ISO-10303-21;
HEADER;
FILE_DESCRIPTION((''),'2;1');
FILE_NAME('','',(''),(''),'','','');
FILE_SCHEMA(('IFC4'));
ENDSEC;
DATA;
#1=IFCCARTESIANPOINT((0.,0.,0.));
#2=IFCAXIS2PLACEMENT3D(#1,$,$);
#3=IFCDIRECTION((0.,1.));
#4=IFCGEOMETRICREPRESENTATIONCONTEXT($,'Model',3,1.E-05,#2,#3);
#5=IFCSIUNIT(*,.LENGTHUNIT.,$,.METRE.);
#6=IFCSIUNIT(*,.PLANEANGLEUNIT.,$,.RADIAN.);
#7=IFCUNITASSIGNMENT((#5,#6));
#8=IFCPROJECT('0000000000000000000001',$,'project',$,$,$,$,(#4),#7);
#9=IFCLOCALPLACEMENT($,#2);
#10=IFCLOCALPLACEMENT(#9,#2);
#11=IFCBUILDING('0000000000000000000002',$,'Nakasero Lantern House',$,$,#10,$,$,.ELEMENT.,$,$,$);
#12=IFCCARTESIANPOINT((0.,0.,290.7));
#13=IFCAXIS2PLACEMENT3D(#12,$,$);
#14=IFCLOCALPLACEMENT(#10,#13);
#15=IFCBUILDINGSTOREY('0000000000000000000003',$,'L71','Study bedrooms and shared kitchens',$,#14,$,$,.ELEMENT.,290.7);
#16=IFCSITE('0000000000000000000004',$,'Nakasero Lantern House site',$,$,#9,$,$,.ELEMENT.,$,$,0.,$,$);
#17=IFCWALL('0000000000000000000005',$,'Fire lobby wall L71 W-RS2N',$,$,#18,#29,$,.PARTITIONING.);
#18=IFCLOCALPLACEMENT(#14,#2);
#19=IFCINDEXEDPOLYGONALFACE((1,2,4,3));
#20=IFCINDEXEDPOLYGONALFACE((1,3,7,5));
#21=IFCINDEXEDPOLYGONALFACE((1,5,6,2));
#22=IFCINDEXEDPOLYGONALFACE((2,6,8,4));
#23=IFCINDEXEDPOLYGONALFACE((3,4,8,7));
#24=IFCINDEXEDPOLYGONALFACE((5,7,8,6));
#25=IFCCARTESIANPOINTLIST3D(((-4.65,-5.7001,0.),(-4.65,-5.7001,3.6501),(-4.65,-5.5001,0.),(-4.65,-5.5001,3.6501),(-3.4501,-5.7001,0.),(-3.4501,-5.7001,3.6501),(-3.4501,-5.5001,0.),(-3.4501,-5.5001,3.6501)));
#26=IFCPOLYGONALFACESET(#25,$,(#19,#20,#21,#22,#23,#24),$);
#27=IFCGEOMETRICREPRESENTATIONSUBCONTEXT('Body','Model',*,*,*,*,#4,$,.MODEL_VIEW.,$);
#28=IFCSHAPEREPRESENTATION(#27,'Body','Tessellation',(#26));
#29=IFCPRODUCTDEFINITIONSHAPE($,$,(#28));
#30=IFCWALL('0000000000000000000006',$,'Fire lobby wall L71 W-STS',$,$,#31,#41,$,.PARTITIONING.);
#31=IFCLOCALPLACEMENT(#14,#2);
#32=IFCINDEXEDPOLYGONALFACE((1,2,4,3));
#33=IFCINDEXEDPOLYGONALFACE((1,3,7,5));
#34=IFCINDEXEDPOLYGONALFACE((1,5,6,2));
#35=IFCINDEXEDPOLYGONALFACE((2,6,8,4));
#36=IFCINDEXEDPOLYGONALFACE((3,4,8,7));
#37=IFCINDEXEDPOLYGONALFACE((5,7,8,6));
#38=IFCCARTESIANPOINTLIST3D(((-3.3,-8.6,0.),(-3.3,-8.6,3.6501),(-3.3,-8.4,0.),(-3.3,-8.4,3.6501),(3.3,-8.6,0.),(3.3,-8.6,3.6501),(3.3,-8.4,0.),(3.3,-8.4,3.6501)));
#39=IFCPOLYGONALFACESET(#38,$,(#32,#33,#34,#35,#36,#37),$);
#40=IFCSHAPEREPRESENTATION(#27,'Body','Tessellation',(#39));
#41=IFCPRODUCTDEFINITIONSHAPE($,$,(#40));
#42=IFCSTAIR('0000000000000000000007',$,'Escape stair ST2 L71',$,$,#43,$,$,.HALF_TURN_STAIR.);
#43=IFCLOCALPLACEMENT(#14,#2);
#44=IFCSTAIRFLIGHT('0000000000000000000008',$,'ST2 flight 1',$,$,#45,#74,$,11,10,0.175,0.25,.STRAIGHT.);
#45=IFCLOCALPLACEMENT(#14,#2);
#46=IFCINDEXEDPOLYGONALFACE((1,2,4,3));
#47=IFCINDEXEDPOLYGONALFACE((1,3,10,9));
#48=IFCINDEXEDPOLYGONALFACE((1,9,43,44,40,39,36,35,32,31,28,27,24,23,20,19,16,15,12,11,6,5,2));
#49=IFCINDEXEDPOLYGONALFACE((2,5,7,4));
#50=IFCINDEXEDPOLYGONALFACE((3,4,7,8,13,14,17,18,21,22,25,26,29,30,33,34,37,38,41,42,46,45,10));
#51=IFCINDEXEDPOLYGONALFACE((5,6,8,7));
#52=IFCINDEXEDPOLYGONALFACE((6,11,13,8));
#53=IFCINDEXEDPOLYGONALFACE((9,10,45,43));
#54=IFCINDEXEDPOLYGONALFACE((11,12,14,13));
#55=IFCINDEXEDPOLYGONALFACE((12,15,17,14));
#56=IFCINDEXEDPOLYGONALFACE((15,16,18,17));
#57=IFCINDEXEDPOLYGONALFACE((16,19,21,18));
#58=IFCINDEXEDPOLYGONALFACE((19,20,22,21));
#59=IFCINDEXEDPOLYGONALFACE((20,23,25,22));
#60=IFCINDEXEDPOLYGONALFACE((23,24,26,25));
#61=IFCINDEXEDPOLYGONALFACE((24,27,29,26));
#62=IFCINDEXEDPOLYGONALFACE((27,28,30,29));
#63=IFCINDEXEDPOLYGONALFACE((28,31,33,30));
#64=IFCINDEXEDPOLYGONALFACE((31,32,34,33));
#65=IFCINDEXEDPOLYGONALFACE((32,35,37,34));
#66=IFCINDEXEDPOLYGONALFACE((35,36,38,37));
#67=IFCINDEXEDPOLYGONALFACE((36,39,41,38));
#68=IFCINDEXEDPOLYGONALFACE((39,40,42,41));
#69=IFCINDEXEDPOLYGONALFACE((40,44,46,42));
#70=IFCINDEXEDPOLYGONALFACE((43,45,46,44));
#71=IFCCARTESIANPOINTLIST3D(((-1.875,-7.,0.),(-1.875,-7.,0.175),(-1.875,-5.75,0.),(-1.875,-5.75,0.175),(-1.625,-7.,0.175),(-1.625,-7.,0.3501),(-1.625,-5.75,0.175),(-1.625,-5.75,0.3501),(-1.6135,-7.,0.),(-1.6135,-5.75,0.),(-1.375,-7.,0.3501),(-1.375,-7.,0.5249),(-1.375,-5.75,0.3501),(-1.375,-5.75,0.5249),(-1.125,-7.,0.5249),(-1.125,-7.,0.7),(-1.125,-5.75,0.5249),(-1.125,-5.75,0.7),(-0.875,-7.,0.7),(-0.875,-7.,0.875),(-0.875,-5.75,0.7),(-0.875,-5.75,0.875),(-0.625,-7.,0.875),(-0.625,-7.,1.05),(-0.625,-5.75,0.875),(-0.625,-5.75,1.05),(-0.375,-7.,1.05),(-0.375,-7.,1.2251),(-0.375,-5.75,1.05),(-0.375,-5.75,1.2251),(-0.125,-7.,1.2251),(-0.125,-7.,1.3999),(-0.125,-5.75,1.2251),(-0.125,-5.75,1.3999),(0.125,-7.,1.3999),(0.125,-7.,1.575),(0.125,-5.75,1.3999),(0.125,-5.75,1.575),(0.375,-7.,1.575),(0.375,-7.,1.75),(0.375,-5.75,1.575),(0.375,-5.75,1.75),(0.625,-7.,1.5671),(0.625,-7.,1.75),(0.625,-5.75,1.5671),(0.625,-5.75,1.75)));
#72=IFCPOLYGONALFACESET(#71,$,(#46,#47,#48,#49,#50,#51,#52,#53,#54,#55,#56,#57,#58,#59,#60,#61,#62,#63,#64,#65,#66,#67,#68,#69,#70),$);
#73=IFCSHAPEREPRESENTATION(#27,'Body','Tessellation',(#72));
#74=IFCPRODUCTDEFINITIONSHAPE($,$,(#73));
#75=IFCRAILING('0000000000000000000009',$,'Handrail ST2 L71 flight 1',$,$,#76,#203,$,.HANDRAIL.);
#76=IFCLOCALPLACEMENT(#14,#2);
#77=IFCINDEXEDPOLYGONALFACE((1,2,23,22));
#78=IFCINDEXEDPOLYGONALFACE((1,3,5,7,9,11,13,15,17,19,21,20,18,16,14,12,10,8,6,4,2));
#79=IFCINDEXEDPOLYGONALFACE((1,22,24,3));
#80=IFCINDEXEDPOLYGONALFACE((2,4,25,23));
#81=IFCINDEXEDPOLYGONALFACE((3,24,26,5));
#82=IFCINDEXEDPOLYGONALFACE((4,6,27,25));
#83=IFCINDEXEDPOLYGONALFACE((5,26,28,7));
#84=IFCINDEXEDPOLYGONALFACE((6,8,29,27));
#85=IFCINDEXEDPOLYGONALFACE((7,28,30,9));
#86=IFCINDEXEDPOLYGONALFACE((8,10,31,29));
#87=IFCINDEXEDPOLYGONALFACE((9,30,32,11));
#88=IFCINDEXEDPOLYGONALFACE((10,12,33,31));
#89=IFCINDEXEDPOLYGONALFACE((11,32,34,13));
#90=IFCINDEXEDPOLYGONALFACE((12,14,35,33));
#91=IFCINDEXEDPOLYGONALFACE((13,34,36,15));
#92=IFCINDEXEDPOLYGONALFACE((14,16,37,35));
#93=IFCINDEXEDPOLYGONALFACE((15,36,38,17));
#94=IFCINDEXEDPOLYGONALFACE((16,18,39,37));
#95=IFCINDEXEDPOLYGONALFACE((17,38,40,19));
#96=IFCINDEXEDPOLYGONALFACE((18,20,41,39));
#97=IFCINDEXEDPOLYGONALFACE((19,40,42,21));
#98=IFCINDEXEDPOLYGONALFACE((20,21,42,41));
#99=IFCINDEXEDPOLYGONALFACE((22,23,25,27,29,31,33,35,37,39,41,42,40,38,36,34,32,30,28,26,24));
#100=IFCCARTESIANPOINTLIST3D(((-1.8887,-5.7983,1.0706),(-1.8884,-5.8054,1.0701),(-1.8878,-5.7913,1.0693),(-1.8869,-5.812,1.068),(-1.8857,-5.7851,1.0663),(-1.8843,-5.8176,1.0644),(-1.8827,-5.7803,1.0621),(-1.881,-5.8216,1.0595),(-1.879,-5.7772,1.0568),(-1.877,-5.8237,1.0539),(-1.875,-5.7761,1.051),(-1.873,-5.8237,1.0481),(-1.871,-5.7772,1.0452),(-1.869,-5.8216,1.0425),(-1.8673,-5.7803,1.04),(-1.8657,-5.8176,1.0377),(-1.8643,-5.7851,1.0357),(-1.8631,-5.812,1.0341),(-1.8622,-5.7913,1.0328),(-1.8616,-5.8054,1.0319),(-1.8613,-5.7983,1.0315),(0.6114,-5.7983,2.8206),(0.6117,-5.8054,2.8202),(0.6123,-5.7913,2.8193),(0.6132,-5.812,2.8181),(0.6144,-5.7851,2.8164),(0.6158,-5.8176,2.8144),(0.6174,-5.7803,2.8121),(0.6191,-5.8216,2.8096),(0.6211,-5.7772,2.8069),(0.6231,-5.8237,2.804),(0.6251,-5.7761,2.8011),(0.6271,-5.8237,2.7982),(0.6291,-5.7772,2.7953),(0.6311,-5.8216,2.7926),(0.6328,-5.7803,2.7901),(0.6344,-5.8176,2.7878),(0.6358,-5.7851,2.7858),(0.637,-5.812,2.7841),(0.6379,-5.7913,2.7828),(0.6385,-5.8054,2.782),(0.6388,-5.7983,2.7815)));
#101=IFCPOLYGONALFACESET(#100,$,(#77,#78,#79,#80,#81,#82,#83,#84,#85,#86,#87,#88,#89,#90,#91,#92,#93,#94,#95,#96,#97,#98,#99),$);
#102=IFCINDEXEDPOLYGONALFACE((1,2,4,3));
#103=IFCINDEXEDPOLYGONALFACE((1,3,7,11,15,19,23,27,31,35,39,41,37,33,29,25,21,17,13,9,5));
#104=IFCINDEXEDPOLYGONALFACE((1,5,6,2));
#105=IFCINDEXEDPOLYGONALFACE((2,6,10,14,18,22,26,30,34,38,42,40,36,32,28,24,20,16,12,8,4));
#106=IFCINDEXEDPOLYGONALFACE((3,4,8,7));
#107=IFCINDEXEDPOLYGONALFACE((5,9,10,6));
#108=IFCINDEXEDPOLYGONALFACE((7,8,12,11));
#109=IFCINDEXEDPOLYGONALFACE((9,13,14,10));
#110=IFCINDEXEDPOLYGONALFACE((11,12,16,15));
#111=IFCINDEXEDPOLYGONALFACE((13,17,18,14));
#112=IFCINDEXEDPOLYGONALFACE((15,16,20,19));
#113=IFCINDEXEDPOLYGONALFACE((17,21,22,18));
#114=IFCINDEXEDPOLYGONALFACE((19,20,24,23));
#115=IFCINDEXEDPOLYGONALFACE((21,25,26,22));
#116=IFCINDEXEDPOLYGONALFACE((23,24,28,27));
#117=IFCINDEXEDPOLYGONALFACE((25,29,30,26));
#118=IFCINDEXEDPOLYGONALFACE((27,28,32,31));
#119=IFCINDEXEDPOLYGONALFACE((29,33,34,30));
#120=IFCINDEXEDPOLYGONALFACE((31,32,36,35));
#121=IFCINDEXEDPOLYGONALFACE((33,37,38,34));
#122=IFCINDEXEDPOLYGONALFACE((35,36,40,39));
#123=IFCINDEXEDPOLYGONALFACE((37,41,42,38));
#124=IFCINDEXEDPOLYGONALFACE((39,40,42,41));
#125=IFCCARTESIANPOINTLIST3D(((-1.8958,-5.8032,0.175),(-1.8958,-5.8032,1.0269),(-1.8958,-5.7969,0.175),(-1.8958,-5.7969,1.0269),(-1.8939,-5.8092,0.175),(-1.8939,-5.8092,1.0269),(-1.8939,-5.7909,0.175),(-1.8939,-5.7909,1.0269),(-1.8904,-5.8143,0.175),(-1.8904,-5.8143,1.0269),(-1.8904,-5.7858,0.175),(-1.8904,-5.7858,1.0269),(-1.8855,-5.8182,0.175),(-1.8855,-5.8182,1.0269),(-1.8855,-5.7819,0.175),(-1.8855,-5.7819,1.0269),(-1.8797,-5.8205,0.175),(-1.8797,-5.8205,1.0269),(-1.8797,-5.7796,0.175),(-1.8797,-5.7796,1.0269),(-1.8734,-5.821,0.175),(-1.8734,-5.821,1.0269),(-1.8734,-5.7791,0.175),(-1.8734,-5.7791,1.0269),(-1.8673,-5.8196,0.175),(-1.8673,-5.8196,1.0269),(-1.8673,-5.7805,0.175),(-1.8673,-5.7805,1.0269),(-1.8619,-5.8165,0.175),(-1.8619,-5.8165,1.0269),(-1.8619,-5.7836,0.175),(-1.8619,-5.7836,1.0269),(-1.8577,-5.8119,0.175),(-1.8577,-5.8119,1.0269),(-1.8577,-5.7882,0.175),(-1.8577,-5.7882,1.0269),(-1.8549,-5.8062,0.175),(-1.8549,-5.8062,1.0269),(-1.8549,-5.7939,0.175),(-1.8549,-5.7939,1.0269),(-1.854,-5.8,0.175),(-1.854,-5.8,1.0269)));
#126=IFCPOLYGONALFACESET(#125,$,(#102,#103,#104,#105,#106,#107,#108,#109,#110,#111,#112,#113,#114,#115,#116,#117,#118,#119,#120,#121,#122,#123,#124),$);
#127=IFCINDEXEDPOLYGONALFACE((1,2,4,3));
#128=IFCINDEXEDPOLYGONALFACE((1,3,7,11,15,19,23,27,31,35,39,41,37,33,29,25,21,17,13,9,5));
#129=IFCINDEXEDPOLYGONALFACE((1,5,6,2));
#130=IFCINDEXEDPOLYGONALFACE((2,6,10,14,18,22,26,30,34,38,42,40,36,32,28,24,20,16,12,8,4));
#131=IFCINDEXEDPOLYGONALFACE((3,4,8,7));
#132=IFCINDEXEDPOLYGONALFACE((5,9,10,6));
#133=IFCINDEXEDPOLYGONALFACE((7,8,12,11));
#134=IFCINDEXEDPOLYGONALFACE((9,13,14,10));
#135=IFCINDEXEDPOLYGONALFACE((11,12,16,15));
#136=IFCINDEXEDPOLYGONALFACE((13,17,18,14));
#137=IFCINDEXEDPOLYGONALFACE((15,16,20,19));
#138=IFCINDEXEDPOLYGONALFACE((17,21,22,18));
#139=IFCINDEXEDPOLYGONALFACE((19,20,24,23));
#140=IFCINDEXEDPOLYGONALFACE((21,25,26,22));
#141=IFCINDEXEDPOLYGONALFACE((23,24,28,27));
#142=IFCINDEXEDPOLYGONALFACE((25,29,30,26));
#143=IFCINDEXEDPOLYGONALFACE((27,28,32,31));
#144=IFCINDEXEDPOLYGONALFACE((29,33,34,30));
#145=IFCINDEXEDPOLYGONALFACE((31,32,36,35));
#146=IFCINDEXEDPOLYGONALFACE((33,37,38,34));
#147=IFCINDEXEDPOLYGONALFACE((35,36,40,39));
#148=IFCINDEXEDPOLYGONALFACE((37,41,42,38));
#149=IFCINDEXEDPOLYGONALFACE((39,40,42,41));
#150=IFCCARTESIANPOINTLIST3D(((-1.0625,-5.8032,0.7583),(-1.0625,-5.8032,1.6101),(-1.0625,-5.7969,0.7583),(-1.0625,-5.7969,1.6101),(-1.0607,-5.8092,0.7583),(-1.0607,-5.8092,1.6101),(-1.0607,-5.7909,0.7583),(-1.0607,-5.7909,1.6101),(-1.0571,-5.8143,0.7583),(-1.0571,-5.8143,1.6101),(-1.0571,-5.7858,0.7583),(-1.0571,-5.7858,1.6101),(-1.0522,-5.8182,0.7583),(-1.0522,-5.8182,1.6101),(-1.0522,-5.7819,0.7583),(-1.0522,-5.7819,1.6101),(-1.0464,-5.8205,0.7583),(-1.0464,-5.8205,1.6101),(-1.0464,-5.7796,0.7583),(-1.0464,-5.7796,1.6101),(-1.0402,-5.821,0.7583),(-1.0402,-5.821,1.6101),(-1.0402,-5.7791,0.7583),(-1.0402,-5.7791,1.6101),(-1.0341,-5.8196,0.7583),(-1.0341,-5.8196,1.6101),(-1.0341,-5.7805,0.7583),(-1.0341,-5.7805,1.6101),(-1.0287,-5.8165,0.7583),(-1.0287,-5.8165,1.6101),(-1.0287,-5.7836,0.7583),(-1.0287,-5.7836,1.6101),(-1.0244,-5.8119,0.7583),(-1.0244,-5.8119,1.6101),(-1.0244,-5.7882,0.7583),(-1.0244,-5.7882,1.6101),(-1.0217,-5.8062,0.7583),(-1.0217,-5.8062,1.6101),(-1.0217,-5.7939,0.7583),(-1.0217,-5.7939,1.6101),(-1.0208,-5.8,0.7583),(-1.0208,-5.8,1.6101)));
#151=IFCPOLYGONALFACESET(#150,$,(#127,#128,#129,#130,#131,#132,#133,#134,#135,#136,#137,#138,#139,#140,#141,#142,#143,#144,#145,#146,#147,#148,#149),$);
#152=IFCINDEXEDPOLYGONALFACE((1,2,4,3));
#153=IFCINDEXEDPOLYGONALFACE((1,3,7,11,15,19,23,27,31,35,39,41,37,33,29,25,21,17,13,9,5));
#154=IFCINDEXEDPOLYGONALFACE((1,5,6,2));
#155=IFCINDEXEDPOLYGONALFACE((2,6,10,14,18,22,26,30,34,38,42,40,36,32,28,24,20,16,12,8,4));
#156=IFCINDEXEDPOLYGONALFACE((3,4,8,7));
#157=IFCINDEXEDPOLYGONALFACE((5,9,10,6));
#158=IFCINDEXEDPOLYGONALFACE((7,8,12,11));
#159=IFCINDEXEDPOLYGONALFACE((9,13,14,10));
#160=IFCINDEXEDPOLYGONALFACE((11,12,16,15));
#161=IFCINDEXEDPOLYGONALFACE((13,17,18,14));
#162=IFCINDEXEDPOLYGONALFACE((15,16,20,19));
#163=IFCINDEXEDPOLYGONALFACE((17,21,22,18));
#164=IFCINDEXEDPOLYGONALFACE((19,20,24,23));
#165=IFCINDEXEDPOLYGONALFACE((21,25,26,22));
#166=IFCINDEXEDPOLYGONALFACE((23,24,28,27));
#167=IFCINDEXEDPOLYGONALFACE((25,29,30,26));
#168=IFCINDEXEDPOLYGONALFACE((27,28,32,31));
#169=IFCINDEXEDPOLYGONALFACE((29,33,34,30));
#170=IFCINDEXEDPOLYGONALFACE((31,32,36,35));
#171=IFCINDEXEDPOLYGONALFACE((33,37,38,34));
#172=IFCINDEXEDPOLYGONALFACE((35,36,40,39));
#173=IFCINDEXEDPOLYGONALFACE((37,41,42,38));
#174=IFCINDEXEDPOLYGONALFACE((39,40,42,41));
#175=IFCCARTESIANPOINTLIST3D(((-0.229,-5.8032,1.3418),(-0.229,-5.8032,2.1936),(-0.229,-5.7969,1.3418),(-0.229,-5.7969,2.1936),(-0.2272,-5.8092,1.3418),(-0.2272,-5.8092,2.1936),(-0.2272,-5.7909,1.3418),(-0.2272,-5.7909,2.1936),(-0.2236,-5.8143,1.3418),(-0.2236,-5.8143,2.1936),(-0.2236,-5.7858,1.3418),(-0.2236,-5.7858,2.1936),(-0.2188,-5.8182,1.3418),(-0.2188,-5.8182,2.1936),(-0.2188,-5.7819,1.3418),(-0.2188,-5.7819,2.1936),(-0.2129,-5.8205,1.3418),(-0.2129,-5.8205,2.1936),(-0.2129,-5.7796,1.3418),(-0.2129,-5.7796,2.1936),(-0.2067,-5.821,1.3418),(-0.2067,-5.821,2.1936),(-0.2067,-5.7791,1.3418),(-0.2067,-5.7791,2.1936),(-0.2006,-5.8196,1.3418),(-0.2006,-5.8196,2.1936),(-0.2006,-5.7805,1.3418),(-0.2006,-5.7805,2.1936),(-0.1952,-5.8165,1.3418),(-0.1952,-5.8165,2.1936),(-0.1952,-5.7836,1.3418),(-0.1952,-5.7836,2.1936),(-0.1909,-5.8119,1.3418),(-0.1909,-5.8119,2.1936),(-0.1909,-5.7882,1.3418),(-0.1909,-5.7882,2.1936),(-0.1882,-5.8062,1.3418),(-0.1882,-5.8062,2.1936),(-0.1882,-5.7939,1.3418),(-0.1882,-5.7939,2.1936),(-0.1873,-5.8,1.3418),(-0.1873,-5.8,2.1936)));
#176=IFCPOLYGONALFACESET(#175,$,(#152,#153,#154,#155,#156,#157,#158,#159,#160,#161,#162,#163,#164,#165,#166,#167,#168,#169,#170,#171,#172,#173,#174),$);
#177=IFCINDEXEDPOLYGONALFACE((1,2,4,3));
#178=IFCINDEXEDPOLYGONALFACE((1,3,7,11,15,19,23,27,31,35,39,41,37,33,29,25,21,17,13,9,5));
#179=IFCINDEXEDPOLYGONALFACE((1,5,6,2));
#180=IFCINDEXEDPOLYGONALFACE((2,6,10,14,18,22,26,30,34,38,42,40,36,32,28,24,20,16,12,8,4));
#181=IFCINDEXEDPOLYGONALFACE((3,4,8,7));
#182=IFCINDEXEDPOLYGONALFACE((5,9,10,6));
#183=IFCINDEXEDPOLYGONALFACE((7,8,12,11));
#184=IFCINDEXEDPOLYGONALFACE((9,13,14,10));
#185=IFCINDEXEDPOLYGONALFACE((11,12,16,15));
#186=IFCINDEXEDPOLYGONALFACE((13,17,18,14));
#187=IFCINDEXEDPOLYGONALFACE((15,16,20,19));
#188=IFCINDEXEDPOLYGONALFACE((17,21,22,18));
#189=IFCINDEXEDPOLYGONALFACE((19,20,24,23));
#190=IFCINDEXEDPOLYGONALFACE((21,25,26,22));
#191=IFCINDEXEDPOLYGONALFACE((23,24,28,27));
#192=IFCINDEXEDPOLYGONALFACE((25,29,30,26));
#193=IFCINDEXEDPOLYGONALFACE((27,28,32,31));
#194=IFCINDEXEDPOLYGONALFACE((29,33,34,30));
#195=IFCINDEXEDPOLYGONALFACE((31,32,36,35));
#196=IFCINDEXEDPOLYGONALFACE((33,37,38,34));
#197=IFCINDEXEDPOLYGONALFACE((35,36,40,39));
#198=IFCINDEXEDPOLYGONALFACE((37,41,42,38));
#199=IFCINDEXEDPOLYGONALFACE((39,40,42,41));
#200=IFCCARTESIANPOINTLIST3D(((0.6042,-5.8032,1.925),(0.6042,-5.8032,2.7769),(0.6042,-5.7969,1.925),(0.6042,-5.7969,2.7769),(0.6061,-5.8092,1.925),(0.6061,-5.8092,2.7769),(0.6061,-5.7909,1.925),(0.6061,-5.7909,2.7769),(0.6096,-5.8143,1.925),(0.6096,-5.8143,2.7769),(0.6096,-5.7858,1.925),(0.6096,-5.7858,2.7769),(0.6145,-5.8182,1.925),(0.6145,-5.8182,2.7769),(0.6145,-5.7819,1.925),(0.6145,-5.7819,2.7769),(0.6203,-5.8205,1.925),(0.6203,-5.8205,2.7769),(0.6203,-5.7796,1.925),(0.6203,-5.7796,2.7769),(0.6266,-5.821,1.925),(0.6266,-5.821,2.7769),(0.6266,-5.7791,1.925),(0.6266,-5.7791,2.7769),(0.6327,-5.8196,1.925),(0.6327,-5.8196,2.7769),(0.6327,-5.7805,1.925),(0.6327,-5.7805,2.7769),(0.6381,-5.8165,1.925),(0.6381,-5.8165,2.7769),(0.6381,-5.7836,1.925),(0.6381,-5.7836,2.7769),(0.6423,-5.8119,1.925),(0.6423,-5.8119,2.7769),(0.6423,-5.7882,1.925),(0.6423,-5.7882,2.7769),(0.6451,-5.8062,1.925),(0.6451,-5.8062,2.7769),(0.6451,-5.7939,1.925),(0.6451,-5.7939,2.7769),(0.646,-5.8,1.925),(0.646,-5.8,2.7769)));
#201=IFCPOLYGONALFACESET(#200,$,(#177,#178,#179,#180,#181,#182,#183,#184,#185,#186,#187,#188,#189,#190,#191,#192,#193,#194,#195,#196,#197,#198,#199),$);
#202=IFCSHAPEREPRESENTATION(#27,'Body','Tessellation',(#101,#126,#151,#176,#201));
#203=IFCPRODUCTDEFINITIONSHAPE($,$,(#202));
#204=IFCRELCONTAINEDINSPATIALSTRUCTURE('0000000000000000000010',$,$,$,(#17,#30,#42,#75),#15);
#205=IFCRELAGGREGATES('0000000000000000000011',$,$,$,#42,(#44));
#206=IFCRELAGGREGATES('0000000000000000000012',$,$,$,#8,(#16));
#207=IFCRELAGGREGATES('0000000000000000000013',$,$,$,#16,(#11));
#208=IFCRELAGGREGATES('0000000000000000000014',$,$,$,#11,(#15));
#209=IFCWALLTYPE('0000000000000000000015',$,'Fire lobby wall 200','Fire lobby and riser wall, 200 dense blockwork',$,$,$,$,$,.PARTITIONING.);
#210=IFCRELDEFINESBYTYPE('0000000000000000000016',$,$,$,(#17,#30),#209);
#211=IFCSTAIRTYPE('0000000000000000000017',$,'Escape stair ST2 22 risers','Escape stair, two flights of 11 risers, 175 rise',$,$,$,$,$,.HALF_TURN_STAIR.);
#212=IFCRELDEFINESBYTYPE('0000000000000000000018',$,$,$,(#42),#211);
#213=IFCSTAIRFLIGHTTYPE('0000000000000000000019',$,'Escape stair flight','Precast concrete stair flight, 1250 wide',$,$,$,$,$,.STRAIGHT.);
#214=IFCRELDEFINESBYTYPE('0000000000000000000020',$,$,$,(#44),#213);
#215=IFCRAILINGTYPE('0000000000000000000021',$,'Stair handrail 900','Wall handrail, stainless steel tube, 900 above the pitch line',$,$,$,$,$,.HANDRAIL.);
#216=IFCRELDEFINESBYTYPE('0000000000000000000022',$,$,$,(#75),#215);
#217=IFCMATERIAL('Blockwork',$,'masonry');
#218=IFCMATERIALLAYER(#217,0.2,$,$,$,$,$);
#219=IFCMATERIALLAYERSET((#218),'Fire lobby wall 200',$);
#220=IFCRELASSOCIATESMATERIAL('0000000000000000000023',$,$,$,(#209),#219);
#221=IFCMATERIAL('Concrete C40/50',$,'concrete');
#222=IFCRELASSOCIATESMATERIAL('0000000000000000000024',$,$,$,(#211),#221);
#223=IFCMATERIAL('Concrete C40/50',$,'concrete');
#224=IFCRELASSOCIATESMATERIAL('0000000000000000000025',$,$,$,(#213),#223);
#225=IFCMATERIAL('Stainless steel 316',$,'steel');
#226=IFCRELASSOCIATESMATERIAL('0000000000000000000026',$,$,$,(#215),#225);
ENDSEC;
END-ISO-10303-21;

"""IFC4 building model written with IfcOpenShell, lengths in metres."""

from ifc_helpers import new_model, si_unit, direction, frame, frame_2d, origin, origin_2d, place, context, subcontext, project, spatial, polyline, rectangle, circle, outline, extrude, material, layer, layer_set, type_object, element, aggregate, save


model = new_model("IFC4")

# Units and contexts
model_context = context("Model", 3, precision=1e-05, world=origin(), true_north=direction((0.0, 1.0)))
body_context = subcontext(model_context, "Body", "Model", "MODEL_VIEW")
ifc_project = project(units=[si_unit("LENGTHUNIT", "METRE"), si_unit("PLANEANGLEUNIT", "RADIAN")], contexts=[model_context])

# Site, building, storey
site_placement = place(None, origin())
site = spatial("IfcSite", under=ifc_project, at=site_placement, Name="Nakasero Lantern House site", CompositionType="ELEMENT", RefElevation=0.0)
building_placement = place(site_placement, origin())
building = spatial("IfcBuilding", under=site, at=building_placement, Name="Nakasero Lantern House", CompositionType="ELEMENT")
storey_placement = place(building_placement, frame((0.0, 0.0, 290.7)))
storey = spatial("IfcBuildingStorey", under=building, at=storey_placement, Name="L71", Description="Study bedrooms and shared kitchens", CompositionType="ELEMENT", Elevation=290.7)

# Shared definitions
ifc_material_1 = material(Name="Blockwork", Category="masonry")
ifc_layer_1 = layer(ifc_material_1, 0.2)
ifc_layer_set_1 = layer_set([ifc_layer_1], Name="Fire lobby wall 200")
wall_type_1 = type_object("IfcWallType", Name="Fire lobby wall 200", Description="Fire lobby and riser wall, 200 dense blockwork", PredefinedType="PARTITIONING", material=ifc_layer_set_1)

# Walls
for number, where, z_axis, x_axis, name in (
    (1, (-3.45, -5.6001, 0.0), (0.0, 0.0, 1.0), (-1.0, 0.0, 0.0), "Fire lobby wall L71 W-RS2N"),
):
    element("IfcWall", number, at=place(storey_placement, frame(where, z_axis=z_axis, x_axis=x_axis)), inside=storey, type_object=wall_type_1, Name=name, PredefinedType="PARTITIONING", context=body_context, shape_type="SweptSolid", body=[
        extrude(rectangle(XDim=1.2, YDim=0.2, at=frame_2d((0.6001, 0.0))), origin(), (0.0, 0.0, 1.0), 3.6501),
    ])
wall_1_placement = place(storey_placement, frame((-3.3, -8.5, 0.0), z_axis=(0.0, 0.0, 1.0), x_axis=(1.0, 0.0, 0.0)))
element("IfcWall", 2, at=wall_1_placement, inside=storey, type_object=wall_type_1, Name="Fire lobby wall L71 W-STS", PredefinedType="PARTITIONING", context=body_context, shape_type="SweptSolid", body=[
    extrude(rectangle(XDim=6.6001, YDim=0.2, at=frame_2d((3.3, 0.0))), origin(), (0.0, 0.0, 1.0), 3.6501),
])

# Stair, stair flight
ifc_material_2 = material(Name="Concrete C40/50", Category="concrete")
stair_type = type_object("IfcStairType", Name="Escape stair ST2 22 risers", Description="Escape stair, two flights of 11 risers, 175 rise", PredefinedType="HALF_TURN_STAIR", material=ifc_material_2)
stair_placement = place(storey_placement, origin())
stair = element("IfcStair", 3, at=stair_placement, inside=storey, type_object=stair_type, Name="Escape stair ST2 L71", PredefinedType="HALF_TURN_STAIR")
ifc_material_3 = material(Name="Concrete C40/50", Category="concrete")
stair_flight_type = type_object("IfcStairFlightType", Name="Escape stair flight", Description="Precast concrete stair flight, 1250 wide", PredefinedType="STRAIGHT", material=ifc_material_3)
stair_flight_placement = place(storey_placement, frame((-1.875, -6.375, 0.0), z_axis=(0.0, 0.0, 1.0), x_axis=(1.0, 0.0, 0.0)))
stair_flight = element("IfcStairFlight", 4, at=stair_flight_placement, type_object=stair_flight_type, Name="ST2 flight 1", NumberOfRisers=11, NumberOfTreads=10, PredefinedType="STRAIGHT", RiserHeight=0.175, TreadLength=0.25, context=body_context, shape_type="SweptSolid", body=[
    extrude(outline(polyline([(0.0, 0.0), (0.0, 0.175), (0.25, 0.175), (0.25, 0.3501), (0.5, 0.3501), (0.5, 0.5249), (0.75, 0.5249), (0.75, 0.7), (1.0, 0.7), (1.0, 0.875), (1.25, 0.875), (1.25, 1.05), (1.5, 1.05), (1.5, 1.2251), (1.75, 1.2251), (1.75, 1.3999), (2.0, 1.3999), (2.0, 1.575), (2.25, 1.575), (2.25, 1.75), (2.5, 1.75), (2.5, 1.925), (2.5, 1.5671), (0.2615, 0.0), (0.0, 0.0)])), frame((0.0, 0.625, 0.0), z_axis=(0.0, -1.0, 0.0), x_axis=(1.0, 0.0, 0.0)), (0.0, 0.0, 1.0), 1.25),
])
aggregate(stair, [stair_flight])

# Railing
ifc_material_4 = material(Name="Stainless steel 316", Category="steel")
railing_type = type_object("IfcRailingType", Name="Stair handrail 900", Description="Wall handrail, stainless steel tube, 900 above the pitch line", PredefinedType="HANDRAIL", material=ifc_material_4)
railing_placement = place(storey_placement, frame((-1.875, -5.8, 0.175)))
element("IfcRailing", 5, at=railing_placement, inside=storey, type_object=railing_type, Name="Handrail ST2 L71 flight 1", PredefinedType="HANDRAIL", context=body_context, shape_type="SweptSolid", body=[
    extrude(circle(Radius=0.0239, at=origin_2d()), frame((0.0, 0.0, 0.876), z_axis=(0.819232, 0.0, 0.573462), x_axis=(0.0, 1.0, 0.0)), (0.0, 0.0, 1.0), 3.0518),
    extrude(circle(Radius=0.021, at=origin_2d()), origin(), (0.0, 0.0, 1.0), 0.8518),
    extrude(circle(Radius=0.021, at=origin_2d()), frame((0.8333, 0.0, 0.5833)), (0.0, 0.0, 1.0), 0.8518),
    extrude(circle(Radius=0.021, at=origin_2d()), frame((1.6667, 0.0, 1.1667)), (0.0, 0.0, 1.0), 0.8518),
    extrude(circle(Radius=0.021, at=origin_2d()), frame((2.5, 0.0, 1.75)), (0.0, 0.0, 1.0), 0.8518),
])

save(model, "model.ifc")
